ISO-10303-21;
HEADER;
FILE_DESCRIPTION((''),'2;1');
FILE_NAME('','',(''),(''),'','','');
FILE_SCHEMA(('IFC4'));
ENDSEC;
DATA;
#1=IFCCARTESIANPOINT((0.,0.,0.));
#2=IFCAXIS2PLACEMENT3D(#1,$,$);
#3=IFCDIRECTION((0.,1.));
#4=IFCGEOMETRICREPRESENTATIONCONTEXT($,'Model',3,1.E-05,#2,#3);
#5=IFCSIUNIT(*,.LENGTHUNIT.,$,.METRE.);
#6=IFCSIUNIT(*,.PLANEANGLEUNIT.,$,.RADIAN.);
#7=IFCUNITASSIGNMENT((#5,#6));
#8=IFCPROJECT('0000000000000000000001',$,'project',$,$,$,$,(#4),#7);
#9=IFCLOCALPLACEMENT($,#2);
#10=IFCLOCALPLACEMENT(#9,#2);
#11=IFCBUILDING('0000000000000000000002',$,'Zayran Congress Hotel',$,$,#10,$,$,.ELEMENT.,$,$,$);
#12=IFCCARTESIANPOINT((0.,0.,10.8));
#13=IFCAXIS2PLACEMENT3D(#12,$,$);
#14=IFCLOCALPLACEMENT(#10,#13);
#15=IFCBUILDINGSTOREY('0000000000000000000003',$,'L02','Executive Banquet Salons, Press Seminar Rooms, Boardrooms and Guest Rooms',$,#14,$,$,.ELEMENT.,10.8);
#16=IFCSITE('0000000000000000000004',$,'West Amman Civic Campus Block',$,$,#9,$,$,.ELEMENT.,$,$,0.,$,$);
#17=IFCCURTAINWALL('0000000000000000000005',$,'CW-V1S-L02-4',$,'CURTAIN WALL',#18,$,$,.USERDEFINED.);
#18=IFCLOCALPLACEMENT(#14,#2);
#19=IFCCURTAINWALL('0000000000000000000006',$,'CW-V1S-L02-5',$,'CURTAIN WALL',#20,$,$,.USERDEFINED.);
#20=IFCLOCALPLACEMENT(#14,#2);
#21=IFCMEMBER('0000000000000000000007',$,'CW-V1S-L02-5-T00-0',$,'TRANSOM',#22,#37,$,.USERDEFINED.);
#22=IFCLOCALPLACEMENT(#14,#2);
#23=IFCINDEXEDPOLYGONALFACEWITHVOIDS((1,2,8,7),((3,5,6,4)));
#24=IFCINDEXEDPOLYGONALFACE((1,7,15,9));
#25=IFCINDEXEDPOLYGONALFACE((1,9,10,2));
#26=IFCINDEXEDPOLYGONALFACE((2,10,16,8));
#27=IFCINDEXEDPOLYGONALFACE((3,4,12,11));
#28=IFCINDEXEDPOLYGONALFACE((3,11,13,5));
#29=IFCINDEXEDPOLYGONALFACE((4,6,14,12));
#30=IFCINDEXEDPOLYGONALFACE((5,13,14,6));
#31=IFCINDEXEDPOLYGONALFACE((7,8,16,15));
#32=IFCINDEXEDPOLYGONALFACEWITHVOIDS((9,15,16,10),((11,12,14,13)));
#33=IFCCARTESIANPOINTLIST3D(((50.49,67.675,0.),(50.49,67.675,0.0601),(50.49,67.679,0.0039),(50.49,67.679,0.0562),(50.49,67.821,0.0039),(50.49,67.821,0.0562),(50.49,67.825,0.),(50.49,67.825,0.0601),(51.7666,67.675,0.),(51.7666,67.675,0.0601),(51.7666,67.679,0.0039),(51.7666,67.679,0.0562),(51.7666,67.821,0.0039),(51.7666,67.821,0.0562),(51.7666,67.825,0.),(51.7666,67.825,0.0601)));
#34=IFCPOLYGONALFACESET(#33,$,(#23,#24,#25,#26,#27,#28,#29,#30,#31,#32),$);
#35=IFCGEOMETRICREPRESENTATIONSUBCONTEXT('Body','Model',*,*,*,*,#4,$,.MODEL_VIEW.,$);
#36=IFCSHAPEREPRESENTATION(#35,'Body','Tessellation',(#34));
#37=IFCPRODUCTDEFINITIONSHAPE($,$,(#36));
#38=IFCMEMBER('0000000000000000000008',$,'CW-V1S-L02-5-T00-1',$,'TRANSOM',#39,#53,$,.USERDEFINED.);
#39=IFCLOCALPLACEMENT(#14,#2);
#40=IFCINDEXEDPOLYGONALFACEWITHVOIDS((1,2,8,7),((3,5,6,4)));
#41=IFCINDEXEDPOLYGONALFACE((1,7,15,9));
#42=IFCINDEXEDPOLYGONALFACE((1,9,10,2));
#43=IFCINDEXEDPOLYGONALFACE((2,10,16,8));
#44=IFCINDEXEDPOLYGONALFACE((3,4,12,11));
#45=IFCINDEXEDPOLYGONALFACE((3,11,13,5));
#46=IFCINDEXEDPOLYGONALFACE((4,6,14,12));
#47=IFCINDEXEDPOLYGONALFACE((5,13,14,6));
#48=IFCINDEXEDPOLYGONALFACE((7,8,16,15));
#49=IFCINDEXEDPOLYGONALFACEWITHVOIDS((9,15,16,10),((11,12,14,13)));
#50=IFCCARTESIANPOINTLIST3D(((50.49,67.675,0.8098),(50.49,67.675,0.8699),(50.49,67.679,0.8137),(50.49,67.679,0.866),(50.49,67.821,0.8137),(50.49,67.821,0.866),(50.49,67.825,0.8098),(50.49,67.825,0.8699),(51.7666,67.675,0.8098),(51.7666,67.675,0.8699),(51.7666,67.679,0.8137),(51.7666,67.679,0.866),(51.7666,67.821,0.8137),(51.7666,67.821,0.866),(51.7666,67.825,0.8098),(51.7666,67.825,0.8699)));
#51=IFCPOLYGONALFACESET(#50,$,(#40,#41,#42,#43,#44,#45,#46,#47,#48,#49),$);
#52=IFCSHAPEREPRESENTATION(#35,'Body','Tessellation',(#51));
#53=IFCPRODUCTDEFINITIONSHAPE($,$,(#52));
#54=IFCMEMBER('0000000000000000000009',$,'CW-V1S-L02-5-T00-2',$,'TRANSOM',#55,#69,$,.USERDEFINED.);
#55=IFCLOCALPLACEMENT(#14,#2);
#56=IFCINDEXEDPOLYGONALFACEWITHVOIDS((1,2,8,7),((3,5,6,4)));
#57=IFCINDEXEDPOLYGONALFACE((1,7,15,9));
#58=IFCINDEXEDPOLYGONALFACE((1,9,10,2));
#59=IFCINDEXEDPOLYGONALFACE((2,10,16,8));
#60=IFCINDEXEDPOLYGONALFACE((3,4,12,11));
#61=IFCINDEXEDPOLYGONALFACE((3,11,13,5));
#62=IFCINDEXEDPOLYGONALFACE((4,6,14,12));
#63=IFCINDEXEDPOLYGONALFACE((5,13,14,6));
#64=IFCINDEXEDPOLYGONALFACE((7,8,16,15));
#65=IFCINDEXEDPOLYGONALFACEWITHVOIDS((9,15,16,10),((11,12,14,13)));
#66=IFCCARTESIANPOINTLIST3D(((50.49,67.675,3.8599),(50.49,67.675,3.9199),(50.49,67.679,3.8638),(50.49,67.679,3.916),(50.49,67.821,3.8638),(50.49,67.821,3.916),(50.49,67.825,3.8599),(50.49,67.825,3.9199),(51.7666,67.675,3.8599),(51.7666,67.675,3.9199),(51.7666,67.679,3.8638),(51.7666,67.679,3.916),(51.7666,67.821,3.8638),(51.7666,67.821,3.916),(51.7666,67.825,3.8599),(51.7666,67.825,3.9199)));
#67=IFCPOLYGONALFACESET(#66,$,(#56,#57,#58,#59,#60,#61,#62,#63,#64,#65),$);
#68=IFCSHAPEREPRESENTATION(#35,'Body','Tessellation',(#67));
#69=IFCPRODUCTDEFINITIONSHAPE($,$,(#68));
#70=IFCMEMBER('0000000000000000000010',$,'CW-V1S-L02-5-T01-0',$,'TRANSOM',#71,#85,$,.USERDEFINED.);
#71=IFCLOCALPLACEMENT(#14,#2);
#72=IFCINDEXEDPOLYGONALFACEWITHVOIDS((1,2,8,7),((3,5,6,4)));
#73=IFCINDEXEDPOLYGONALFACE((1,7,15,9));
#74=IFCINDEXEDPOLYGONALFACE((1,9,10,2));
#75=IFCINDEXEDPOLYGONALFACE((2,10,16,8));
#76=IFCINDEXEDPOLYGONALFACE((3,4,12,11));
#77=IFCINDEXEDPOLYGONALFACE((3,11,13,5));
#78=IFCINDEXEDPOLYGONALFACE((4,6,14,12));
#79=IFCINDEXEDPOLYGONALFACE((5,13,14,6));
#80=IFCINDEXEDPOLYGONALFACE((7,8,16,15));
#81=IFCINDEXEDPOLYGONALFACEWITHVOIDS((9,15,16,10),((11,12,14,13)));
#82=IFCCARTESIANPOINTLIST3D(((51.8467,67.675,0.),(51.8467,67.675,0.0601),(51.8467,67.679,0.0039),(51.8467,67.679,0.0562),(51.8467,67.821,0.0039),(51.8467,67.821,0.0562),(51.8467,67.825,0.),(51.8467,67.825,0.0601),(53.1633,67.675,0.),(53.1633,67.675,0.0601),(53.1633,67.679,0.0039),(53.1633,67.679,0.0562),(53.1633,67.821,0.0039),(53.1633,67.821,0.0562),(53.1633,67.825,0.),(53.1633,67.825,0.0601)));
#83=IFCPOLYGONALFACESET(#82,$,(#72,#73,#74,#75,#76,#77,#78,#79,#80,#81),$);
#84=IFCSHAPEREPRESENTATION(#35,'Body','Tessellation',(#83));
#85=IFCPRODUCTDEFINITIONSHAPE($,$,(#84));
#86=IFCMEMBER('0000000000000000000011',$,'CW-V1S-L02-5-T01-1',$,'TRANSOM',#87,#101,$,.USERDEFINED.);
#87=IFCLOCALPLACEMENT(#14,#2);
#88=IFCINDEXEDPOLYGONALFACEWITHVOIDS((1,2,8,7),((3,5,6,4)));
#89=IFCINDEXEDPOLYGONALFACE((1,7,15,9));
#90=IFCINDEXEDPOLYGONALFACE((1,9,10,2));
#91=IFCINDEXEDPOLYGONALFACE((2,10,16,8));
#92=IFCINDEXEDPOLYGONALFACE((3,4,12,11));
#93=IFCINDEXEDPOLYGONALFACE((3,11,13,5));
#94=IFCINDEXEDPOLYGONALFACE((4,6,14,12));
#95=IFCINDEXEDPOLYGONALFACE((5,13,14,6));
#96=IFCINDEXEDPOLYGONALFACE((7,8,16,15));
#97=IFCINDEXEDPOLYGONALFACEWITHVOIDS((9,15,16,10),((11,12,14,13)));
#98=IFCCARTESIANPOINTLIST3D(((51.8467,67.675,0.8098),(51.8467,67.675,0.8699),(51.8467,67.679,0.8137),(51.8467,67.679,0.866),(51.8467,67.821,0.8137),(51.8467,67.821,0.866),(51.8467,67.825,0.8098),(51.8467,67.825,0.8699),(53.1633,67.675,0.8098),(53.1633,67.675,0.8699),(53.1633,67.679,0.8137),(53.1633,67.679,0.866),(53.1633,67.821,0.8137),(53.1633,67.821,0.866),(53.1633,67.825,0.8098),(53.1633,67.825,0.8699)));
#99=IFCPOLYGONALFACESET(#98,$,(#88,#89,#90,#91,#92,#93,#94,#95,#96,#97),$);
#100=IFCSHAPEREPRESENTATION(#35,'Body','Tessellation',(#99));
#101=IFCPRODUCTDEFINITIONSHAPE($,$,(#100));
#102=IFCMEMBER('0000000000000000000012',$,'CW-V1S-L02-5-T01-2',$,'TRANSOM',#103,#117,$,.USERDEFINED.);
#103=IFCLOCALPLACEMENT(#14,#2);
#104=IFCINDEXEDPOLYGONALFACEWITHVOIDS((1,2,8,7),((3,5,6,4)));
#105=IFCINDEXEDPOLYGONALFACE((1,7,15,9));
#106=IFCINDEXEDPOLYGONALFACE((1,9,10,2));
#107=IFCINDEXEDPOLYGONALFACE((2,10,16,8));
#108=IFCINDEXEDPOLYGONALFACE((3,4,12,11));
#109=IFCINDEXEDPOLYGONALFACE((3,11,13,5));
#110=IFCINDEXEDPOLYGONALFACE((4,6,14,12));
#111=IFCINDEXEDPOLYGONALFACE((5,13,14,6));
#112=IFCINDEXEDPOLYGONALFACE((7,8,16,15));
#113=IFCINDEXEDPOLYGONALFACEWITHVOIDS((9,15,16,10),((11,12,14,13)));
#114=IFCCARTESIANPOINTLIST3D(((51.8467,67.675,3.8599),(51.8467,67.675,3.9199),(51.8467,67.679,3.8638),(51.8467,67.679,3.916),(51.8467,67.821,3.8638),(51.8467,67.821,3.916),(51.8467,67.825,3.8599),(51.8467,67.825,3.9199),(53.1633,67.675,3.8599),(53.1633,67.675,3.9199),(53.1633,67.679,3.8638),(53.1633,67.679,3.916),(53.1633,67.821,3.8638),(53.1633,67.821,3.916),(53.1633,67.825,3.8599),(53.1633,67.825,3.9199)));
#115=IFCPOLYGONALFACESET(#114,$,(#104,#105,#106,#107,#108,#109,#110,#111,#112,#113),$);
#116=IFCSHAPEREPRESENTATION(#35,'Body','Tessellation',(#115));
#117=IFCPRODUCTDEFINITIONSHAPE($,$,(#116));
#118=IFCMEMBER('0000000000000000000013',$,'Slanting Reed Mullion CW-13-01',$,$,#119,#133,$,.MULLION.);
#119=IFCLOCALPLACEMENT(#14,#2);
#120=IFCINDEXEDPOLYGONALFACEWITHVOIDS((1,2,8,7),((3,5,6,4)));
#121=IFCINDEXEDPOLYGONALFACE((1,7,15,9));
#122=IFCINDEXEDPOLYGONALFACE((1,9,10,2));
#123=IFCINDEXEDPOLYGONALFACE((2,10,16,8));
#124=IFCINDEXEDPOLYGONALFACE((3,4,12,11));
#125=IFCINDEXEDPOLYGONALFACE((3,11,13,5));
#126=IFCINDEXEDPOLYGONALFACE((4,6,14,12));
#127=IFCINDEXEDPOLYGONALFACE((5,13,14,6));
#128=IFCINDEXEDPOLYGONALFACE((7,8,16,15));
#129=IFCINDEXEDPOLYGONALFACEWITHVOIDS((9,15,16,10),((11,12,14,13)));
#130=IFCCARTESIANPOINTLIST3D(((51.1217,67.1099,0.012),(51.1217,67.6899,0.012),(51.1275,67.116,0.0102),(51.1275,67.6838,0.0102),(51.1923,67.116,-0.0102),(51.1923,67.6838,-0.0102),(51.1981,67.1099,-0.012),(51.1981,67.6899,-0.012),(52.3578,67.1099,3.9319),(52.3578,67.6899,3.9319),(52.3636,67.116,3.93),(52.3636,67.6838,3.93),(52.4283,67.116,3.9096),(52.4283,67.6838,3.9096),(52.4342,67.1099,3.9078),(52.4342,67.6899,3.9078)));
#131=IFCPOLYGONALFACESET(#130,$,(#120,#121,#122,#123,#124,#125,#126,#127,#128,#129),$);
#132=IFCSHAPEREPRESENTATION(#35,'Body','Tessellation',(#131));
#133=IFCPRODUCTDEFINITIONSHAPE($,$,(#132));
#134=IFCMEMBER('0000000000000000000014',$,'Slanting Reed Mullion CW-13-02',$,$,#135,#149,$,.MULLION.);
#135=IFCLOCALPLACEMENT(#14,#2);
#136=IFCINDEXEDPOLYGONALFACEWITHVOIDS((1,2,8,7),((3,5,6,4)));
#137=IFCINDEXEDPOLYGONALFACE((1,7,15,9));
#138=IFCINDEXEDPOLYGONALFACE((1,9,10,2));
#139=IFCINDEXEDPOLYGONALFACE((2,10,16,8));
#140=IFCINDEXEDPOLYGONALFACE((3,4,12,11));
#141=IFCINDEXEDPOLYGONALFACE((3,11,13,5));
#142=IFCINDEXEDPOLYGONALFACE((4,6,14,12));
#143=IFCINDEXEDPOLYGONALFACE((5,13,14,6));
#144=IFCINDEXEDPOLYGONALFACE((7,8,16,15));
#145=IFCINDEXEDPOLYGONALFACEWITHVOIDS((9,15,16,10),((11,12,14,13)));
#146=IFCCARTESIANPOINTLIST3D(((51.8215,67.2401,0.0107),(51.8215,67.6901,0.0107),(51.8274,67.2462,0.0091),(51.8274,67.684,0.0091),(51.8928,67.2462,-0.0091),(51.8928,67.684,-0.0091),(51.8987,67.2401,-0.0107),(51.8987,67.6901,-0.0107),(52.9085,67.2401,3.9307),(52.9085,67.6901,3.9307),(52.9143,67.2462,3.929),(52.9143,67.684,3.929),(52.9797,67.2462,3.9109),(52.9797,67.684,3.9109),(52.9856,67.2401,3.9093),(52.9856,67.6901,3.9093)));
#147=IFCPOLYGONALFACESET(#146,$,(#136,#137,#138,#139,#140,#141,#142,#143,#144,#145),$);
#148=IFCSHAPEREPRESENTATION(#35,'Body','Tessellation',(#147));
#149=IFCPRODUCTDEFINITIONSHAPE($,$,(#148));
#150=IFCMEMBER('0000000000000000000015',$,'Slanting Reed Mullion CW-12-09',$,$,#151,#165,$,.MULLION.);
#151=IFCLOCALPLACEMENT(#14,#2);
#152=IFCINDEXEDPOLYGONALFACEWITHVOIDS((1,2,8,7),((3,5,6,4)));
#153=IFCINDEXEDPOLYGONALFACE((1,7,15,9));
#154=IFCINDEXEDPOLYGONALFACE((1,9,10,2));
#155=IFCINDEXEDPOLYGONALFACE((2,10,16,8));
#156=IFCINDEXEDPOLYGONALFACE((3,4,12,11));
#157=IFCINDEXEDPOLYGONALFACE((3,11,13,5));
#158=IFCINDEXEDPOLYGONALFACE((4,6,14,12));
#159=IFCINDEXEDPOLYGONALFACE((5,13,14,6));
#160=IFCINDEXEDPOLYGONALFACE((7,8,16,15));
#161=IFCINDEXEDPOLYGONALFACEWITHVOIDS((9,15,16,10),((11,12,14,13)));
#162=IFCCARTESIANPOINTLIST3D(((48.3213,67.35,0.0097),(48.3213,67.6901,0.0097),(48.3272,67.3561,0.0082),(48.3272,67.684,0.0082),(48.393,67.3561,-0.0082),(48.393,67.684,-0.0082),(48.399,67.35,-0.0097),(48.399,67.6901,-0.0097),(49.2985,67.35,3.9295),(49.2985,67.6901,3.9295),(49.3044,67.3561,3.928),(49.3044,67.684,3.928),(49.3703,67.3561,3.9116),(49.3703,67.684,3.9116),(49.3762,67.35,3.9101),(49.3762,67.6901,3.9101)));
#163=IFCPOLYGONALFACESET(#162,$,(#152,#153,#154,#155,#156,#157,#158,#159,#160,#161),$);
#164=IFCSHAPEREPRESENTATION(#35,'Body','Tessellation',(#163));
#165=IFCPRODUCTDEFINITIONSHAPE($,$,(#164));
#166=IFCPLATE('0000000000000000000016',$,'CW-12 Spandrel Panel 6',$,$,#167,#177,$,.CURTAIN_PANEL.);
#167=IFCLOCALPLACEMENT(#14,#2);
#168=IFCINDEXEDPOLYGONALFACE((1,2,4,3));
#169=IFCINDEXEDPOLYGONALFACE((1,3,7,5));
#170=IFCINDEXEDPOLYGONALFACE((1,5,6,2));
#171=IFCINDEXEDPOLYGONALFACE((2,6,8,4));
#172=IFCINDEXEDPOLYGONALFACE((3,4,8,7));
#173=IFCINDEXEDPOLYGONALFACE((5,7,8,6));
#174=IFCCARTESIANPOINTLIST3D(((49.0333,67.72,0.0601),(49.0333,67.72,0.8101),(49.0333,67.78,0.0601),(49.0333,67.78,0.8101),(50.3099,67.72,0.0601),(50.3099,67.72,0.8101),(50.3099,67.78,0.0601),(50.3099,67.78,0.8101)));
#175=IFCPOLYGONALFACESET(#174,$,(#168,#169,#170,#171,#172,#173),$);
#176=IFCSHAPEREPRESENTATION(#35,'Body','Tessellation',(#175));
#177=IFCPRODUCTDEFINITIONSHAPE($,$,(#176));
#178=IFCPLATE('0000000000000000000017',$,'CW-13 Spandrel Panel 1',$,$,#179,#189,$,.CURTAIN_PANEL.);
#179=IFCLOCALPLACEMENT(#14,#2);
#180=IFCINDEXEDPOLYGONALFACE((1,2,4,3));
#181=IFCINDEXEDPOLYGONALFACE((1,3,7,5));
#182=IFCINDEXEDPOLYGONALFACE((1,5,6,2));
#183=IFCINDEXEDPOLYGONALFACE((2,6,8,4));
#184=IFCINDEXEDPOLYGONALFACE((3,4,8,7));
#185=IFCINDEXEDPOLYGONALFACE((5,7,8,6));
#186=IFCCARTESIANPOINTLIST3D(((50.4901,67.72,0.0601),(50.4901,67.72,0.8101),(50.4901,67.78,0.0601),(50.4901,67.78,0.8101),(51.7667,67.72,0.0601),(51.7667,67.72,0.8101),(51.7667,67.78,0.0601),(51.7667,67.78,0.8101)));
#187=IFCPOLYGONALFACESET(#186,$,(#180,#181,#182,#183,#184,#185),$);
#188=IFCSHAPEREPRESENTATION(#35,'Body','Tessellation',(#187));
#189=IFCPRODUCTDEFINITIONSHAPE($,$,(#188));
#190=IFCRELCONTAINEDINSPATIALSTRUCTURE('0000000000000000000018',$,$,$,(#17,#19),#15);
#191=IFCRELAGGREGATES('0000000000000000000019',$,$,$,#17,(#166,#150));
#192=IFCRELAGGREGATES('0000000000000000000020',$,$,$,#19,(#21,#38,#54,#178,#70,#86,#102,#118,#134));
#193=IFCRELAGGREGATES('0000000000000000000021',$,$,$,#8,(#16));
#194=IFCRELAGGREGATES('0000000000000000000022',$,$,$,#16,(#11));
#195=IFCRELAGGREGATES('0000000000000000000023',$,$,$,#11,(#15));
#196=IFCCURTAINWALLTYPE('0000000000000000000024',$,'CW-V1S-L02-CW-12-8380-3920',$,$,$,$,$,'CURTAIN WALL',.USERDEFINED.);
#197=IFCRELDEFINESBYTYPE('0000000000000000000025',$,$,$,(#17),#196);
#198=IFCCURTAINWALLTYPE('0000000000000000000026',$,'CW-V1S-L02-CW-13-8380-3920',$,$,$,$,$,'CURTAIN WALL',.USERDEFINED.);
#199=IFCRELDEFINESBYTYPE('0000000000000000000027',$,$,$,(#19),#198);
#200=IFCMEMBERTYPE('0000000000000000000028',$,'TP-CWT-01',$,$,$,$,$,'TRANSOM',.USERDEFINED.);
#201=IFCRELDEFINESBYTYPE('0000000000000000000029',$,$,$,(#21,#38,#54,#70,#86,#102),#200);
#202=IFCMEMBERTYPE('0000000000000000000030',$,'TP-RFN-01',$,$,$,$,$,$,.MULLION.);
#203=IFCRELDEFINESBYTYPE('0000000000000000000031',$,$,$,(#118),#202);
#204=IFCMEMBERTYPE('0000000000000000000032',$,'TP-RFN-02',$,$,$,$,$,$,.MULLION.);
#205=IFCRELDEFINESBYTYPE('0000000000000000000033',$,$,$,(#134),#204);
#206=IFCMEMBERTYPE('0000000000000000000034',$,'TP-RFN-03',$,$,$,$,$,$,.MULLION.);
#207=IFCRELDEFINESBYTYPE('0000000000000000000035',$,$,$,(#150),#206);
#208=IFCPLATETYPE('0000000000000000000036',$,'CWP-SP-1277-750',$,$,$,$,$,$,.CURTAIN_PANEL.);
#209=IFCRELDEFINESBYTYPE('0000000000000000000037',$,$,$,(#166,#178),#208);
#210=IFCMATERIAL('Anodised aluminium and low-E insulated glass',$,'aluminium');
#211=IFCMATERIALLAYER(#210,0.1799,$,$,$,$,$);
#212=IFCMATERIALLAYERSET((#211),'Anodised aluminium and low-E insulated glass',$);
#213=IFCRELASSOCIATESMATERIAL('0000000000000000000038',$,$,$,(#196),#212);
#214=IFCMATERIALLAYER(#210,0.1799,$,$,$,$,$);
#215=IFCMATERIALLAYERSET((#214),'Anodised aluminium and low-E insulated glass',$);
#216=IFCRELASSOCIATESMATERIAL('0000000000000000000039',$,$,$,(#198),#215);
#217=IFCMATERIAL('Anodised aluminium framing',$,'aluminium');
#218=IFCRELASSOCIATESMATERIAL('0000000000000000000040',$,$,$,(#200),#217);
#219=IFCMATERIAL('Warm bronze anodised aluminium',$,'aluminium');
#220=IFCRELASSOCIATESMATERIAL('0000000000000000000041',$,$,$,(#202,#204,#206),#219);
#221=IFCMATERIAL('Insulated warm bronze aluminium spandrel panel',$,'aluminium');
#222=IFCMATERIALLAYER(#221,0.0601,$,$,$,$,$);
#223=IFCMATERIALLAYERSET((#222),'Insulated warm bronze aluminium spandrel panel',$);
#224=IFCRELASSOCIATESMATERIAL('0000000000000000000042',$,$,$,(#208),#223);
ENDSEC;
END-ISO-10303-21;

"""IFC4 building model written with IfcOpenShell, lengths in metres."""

from ifc_helpers import new_model, si_unit, direction, frame, origin, origin_2d, place, context, subcontext, project, spatial, rectangle, hollow_rectangle, extrude, material, layer, layer_set, material_profile, profile_set, type_object, element, aggregate, save


model = new_model("IFC4")

# Units and contexts
model_context = context("Model", 3, precision=1e-05, world=origin(), true_north=direction((0.0, 1.0)))
body_context = subcontext(model_context, "Body", "Model", "MODEL_VIEW")
ifc_project = project(units=[si_unit("LENGTHUNIT", "METRE"), si_unit("PLANEANGLEUNIT", "RADIAN")], contexts=[model_context])

# Site, building, storey
site_placement = place(None, origin())
site = spatial("IfcSite", under=ifc_project, at=site_placement, Name="West Amman Civic Campus Block", CompositionType="ELEMENT", RefElevation=0.0)
building_placement = place(site_placement, origin())
building = spatial("IfcBuilding", under=site, at=building_placement, Name="Zayran Congress Hotel", CompositionType="ELEMENT")
storey_placement = place(building_placement, frame((0.0, 0.0, 10.8)))
storey = spatial("IfcBuildingStorey", under=building, at=storey_placement, Name="L02", Description="Executive Banquet Salons, Press Seminar Rooms, Boardrooms and Guest Rooms", CompositionType="ELEMENT", Elevation=10.8)

# Curtain walls
ifc_material_1 = material(Name="Anodised aluminium and low-E insulated glass", Category="aluminium")
ifc_layer_1 = layer(ifc_material_1, 0.1799)
ifc_layer_set_1 = layer_set([ifc_layer_1], Name="Anodised aluminium and low-E insulated glass")
curtain_wall_type_1 = type_object("IfcCurtainWallType", Name="CW-V1S-L02-CW-12-8380-3920", ElementType="CURTAIN WALL", PredefinedType="USERDEFINED", material=ifc_layer_set_1)
curtain_wall_1_placement = place(storey_placement, origin())
curtain_wall_1 = element("IfcCurtainWall", 1, at=curtain_wall_1_placement, inside=storey, type_object=curtain_wall_type_1, Name="CW-V1S-L02-4", ObjectType="CURTAIN WALL", PredefinedType="USERDEFINED")
ifc_material_2 = material(Name="Anodised aluminium framing", Category="aluminium")
ifc_layer_2 = layer(ifc_material_1, 0.1799)
ifc_layer_set_2 = layer_set([ifc_layer_2], Name="Anodised aluminium and low-E insulated glass")
curtain_wall_type_2 = type_object("IfcCurtainWallType", Name="CW-V1S-L02-CW-13-8380-3920", ElementType="CURTAIN WALL", PredefinedType="USERDEFINED", material=ifc_layer_set_2)
curtain_wall_2_placement = place(storey_placement, origin())
curtain_wall_2 = element("IfcCurtainWall", 2, at=curtain_wall_2_placement, inside=storey, type_object=curtain_wall_type_2, Name="CW-V1S-L02-5", ObjectType="CURTAIN WALL", PredefinedType="USERDEFINED")

# Members
ifc_material_profile_1 = material_profile(ifc_material_2, hollow_rectangle(XDim=0.0601, YDim=0.1499, WallThickness=0.0039, at=origin_2d()), Name="RHS 150x60x4")
ifc_profile_set_1 = profile_set([ifc_material_profile_1], Name="Anodised aluminium framing")
member_type_1 = type_object("IfcMemberType", Name="TP-CWT-01", ElementType="TRANSOM", PredefinedType="USERDEFINED", material=ifc_profile_set_1)
member_1_placement = place(storey_placement, frame((50.49, 67.75, 0.03), z_axis=(1.0, 0.0, 0.0), x_axis=(0.0, 0.0, 1.0)))
member_1 = element("IfcMember", 3, at=member_1_placement, type_object=member_type_1, Name="CW-V1S-L02-5-T00-0", ObjectType="TRANSOM", PredefinedType="USERDEFINED", context=body_context, shape_type="SweptSolid", body=[
    extrude(hollow_rectangle(XDim=0.0601, YDim=0.1499, WallThickness=0.0039, at=origin_2d()), origin(), (0.0, 0.0, 1.0), 1.2766),
])
member_2_placement = place(storey_placement, frame((50.49, 67.75, 0.8398), z_axis=(1.0, 0.0, 0.0), x_axis=(0.0, 0.0, 1.0)))
member_2 = element("IfcMember", 4, at=member_2_placement, type_object=member_type_1, Name="CW-V1S-L02-5-T00-1", ObjectType="TRANSOM", PredefinedType="USERDEFINED", context=body_context, shape_type="SweptSolid", body=[
    extrude(hollow_rectangle(XDim=0.0601, YDim=0.1499, WallThickness=0.0039, at=origin_2d()), origin(), (0.0, 0.0, 1.0), 1.2766),
])
member_3_placement = place(storey_placement, frame((50.49, 67.75, 3.8899), z_axis=(1.0, 0.0, 0.0), x_axis=(0.0, 0.0, 1.0)))
member_3 = element("IfcMember", 5, at=member_3_placement, type_object=member_type_1, Name="CW-V1S-L02-5-T00-2", ObjectType="TRANSOM", PredefinedType="USERDEFINED", context=body_context, shape_type="SweptSolid", body=[
    extrude(hollow_rectangle(XDim=0.0601, YDim=0.1499, WallThickness=0.0039, at=origin_2d()), origin(), (0.0, 0.0, 1.0), 1.2766),
])
member_4_placement = place(storey_placement, frame((51.8467, 67.75, 0.03), z_axis=(1.0, 0.0, 0.0), x_axis=(0.0, 0.0, 1.0)))
member_4 = element("IfcMember", 6, at=member_4_placement, type_object=member_type_1, Name="CW-V1S-L02-5-T01-0", ObjectType="TRANSOM", PredefinedType="USERDEFINED", context=body_context, shape_type="SweptSolid", body=[
    extrude(hollow_rectangle(XDim=0.0601, YDim=0.1499, WallThickness=0.0039, at=origin_2d()), origin(), (0.0, 0.0, 1.0), 1.3167),
])
member_5_placement = place(storey_placement, frame((51.8467, 67.75, 0.8398), z_axis=(1.0, 0.0, 0.0), x_axis=(0.0, 0.0, 1.0)))
member_5 = element("IfcMember", 7, at=member_5_placement, type_object=member_type_1, Name="CW-V1S-L02-5-T01-1", ObjectType="TRANSOM", PredefinedType="USERDEFINED", context=body_context, shape_type="SweptSolid", body=[
    extrude(hollow_rectangle(XDim=0.0601, YDim=0.1499, WallThickness=0.0039, at=origin_2d()), origin(), (0.0, 0.0, 1.0), 1.3167),
])
member_6_placement = place(storey_placement, frame((51.8467, 67.75, 3.8899), z_axis=(1.0, 0.0, 0.0), x_axis=(0.0, 0.0, 1.0)))
member_6 = element("IfcMember", 8, at=member_6_placement, type_object=member_type_1, Name="CW-V1S-L02-5-T01-2", ObjectType="TRANSOM", PredefinedType="USERDEFINED", context=body_context, shape_type="SweptSolid", body=[
    extrude(hollow_rectangle(XDim=0.0601, YDim=0.1499, WallThickness=0.0039, at=origin_2d()), origin(), (0.0, 0.0, 1.0), 1.3167),
])
ifc_material_3 = material(Name="Warm bronze anodised aluminium", Category="aluminium")
ifc_material_profile_2 = material_profile(ifc_material_3, hollow_rectangle(XDim=0.0801, YDim=0.5801, WallThickness=0.0061, at=origin_2d()), Name="RHS 580x80x6")
ifc_profile_set_2 = profile_set([ifc_material_profile_2], Name="Warm bronze anodised aluminium")
member_type_2 = type_object("IfcMemberType", Name="TP-RFN-01", PredefinedType="MULLION", material=ifc_profile_set_2)
member_7_placement = place(storey_placement, frame((51.1599, 67.3999, 0.0), z_axis=(0.300736, 0.0, 0.953707), x_axis=(-0.953707, 0.0, 0.300736)))
member_7 = element("IfcMember", 9, at=member_7_placement, type_object=member_type_2, Name="Slanting Reed Mullion CW-13-01", PredefinedType="MULLION", context=body_context, shape_type="SweptSolid", body=[
    extrude(hollow_rectangle(XDim=0.0801, YDim=0.5801, WallThickness=0.0061, at=origin_2d()), origin(), (0.0, 0.0, 1.0), 4.1101),
])
ifc_material_profile_3 = material_profile(ifc_material_3, hollow_rectangle(XDim=0.0801, YDim=0.45, WallThickness=0.0061, at=origin_2d()), Name="RHS 450x80x6")
ifc_profile_set_3 = profile_set([ifc_material_profile_3], Name="Warm bronze anodised aluminium")
member_type_3 = type_object("IfcMemberType", Name="TP-RFN-02", PredefinedType="MULLION", material=ifc_profile_set_3)
member_8_placement = place(storey_placement, frame((51.8601, 67.4651, 0.0), z_axis=(0.267198, 0.0, 0.963642), x_axis=(-0.963642, 0.0, 0.267198)))
member_8 = element("IfcMember", 10, at=member_8_placement, type_object=member_type_3, Name="Slanting Reed Mullion CW-13-02", PredefinedType="MULLION", context=body_context, shape_type="SweptSolid", body=[
    extrude(hollow_rectangle(XDim=0.0801, YDim=0.45, WallThickness=0.0061, at=origin_2d()), origin(), (0.0, 0.0, 1.0), 4.0679),
])
ifc_material_profile_4 = material_profile(ifc_material_3, hollow_rectangle(XDim=0.0801, YDim=0.3401, WallThickness=0.0061, at=origin_2d()), Name="RHS 340x80x6")
ifc_profile_set_4 = profile_set([ifc_material_profile_4], Name="Warm bronze anodised aluminium")
member_type_4 = type_object("IfcMemberType", Name="TP-RFN-03", PredefinedType="MULLION", material=ifc_profile_set_4)
member_9_placement = place(storey_placement, frame((48.3601, 67.52, 0.0), z_axis=(0.24191, 0.0, 0.970299), x_axis=(-0.970299, 0.0, 0.24191)))
member_9 = element("IfcMember", 11, at=member_9_placement, type_object=member_type_4, Name="Slanting Reed Mullion CW-12-09", PredefinedType="MULLION", context=body_context, shape_type="SweptSolid", body=[
    extrude(hollow_rectangle(XDim=0.0801, YDim=0.3401, WallThickness=0.0061, at=origin_2d()), origin(), (0.0, 0.0, 1.0), 4.0398),
])

# Plates
ifc_material_4 = material(Name="Insulated warm bronze aluminium spandrel panel", Category="aluminium")
ifc_layer_3 = layer(ifc_material_4, 0.0601)
ifc_layer_set_3 = layer_set([ifc_layer_3], Name="Insulated warm bronze aluminium spandrel panel")
plate_type_1 = type_object("IfcPlateType", Name="CWP-SP-1277-750", PredefinedType="CURTAIN_PANEL", material=ifc_layer_set_3)
plate_1_placement = place(storey_placement, frame((49.6716, 67.75, 0.0601), z_axis=(0.0, 0.0, 1.0), x_axis=(1.0, 0.0, 0.0)))
plate_1 = element("IfcPlate", 12, at=plate_1_placement, type_object=plate_type_1, Name="CW-12 Spandrel Panel 6", PredefinedType="CURTAIN_PANEL", context=body_context, shape_type="SweptSolid", body=[
    extrude(rectangle(XDim=1.2766, YDim=0.0601, at=origin_2d()), origin(), (0.0, 0.0, 1.0), 0.75),
])
plate_2_placement = place(storey_placement, frame((51.1284, 67.75, 0.0601), z_axis=(0.0, 0.0, 1.0), x_axis=(1.0, 0.0, 0.0)))
plate_2 = element("IfcPlate", 13, at=plate_2_placement, type_object=plate_type_1, Name="CW-13 Spandrel Panel 1", PredefinedType="CURTAIN_PANEL", context=body_context, shape_type="SweptSolid", body=[
    extrude(rectangle(XDim=1.2766, YDim=0.0601, at=origin_2d()), origin(), (0.0, 0.0, 1.0), 0.75),
])
aggregate(curtain_wall_1, [plate_1, member_9])
aggregate(curtain_wall_2, [member_1, member_2, member_3, plate_2, member_4, member_5, member_6, member_7, member_8])

save(model, "model.ifc")
